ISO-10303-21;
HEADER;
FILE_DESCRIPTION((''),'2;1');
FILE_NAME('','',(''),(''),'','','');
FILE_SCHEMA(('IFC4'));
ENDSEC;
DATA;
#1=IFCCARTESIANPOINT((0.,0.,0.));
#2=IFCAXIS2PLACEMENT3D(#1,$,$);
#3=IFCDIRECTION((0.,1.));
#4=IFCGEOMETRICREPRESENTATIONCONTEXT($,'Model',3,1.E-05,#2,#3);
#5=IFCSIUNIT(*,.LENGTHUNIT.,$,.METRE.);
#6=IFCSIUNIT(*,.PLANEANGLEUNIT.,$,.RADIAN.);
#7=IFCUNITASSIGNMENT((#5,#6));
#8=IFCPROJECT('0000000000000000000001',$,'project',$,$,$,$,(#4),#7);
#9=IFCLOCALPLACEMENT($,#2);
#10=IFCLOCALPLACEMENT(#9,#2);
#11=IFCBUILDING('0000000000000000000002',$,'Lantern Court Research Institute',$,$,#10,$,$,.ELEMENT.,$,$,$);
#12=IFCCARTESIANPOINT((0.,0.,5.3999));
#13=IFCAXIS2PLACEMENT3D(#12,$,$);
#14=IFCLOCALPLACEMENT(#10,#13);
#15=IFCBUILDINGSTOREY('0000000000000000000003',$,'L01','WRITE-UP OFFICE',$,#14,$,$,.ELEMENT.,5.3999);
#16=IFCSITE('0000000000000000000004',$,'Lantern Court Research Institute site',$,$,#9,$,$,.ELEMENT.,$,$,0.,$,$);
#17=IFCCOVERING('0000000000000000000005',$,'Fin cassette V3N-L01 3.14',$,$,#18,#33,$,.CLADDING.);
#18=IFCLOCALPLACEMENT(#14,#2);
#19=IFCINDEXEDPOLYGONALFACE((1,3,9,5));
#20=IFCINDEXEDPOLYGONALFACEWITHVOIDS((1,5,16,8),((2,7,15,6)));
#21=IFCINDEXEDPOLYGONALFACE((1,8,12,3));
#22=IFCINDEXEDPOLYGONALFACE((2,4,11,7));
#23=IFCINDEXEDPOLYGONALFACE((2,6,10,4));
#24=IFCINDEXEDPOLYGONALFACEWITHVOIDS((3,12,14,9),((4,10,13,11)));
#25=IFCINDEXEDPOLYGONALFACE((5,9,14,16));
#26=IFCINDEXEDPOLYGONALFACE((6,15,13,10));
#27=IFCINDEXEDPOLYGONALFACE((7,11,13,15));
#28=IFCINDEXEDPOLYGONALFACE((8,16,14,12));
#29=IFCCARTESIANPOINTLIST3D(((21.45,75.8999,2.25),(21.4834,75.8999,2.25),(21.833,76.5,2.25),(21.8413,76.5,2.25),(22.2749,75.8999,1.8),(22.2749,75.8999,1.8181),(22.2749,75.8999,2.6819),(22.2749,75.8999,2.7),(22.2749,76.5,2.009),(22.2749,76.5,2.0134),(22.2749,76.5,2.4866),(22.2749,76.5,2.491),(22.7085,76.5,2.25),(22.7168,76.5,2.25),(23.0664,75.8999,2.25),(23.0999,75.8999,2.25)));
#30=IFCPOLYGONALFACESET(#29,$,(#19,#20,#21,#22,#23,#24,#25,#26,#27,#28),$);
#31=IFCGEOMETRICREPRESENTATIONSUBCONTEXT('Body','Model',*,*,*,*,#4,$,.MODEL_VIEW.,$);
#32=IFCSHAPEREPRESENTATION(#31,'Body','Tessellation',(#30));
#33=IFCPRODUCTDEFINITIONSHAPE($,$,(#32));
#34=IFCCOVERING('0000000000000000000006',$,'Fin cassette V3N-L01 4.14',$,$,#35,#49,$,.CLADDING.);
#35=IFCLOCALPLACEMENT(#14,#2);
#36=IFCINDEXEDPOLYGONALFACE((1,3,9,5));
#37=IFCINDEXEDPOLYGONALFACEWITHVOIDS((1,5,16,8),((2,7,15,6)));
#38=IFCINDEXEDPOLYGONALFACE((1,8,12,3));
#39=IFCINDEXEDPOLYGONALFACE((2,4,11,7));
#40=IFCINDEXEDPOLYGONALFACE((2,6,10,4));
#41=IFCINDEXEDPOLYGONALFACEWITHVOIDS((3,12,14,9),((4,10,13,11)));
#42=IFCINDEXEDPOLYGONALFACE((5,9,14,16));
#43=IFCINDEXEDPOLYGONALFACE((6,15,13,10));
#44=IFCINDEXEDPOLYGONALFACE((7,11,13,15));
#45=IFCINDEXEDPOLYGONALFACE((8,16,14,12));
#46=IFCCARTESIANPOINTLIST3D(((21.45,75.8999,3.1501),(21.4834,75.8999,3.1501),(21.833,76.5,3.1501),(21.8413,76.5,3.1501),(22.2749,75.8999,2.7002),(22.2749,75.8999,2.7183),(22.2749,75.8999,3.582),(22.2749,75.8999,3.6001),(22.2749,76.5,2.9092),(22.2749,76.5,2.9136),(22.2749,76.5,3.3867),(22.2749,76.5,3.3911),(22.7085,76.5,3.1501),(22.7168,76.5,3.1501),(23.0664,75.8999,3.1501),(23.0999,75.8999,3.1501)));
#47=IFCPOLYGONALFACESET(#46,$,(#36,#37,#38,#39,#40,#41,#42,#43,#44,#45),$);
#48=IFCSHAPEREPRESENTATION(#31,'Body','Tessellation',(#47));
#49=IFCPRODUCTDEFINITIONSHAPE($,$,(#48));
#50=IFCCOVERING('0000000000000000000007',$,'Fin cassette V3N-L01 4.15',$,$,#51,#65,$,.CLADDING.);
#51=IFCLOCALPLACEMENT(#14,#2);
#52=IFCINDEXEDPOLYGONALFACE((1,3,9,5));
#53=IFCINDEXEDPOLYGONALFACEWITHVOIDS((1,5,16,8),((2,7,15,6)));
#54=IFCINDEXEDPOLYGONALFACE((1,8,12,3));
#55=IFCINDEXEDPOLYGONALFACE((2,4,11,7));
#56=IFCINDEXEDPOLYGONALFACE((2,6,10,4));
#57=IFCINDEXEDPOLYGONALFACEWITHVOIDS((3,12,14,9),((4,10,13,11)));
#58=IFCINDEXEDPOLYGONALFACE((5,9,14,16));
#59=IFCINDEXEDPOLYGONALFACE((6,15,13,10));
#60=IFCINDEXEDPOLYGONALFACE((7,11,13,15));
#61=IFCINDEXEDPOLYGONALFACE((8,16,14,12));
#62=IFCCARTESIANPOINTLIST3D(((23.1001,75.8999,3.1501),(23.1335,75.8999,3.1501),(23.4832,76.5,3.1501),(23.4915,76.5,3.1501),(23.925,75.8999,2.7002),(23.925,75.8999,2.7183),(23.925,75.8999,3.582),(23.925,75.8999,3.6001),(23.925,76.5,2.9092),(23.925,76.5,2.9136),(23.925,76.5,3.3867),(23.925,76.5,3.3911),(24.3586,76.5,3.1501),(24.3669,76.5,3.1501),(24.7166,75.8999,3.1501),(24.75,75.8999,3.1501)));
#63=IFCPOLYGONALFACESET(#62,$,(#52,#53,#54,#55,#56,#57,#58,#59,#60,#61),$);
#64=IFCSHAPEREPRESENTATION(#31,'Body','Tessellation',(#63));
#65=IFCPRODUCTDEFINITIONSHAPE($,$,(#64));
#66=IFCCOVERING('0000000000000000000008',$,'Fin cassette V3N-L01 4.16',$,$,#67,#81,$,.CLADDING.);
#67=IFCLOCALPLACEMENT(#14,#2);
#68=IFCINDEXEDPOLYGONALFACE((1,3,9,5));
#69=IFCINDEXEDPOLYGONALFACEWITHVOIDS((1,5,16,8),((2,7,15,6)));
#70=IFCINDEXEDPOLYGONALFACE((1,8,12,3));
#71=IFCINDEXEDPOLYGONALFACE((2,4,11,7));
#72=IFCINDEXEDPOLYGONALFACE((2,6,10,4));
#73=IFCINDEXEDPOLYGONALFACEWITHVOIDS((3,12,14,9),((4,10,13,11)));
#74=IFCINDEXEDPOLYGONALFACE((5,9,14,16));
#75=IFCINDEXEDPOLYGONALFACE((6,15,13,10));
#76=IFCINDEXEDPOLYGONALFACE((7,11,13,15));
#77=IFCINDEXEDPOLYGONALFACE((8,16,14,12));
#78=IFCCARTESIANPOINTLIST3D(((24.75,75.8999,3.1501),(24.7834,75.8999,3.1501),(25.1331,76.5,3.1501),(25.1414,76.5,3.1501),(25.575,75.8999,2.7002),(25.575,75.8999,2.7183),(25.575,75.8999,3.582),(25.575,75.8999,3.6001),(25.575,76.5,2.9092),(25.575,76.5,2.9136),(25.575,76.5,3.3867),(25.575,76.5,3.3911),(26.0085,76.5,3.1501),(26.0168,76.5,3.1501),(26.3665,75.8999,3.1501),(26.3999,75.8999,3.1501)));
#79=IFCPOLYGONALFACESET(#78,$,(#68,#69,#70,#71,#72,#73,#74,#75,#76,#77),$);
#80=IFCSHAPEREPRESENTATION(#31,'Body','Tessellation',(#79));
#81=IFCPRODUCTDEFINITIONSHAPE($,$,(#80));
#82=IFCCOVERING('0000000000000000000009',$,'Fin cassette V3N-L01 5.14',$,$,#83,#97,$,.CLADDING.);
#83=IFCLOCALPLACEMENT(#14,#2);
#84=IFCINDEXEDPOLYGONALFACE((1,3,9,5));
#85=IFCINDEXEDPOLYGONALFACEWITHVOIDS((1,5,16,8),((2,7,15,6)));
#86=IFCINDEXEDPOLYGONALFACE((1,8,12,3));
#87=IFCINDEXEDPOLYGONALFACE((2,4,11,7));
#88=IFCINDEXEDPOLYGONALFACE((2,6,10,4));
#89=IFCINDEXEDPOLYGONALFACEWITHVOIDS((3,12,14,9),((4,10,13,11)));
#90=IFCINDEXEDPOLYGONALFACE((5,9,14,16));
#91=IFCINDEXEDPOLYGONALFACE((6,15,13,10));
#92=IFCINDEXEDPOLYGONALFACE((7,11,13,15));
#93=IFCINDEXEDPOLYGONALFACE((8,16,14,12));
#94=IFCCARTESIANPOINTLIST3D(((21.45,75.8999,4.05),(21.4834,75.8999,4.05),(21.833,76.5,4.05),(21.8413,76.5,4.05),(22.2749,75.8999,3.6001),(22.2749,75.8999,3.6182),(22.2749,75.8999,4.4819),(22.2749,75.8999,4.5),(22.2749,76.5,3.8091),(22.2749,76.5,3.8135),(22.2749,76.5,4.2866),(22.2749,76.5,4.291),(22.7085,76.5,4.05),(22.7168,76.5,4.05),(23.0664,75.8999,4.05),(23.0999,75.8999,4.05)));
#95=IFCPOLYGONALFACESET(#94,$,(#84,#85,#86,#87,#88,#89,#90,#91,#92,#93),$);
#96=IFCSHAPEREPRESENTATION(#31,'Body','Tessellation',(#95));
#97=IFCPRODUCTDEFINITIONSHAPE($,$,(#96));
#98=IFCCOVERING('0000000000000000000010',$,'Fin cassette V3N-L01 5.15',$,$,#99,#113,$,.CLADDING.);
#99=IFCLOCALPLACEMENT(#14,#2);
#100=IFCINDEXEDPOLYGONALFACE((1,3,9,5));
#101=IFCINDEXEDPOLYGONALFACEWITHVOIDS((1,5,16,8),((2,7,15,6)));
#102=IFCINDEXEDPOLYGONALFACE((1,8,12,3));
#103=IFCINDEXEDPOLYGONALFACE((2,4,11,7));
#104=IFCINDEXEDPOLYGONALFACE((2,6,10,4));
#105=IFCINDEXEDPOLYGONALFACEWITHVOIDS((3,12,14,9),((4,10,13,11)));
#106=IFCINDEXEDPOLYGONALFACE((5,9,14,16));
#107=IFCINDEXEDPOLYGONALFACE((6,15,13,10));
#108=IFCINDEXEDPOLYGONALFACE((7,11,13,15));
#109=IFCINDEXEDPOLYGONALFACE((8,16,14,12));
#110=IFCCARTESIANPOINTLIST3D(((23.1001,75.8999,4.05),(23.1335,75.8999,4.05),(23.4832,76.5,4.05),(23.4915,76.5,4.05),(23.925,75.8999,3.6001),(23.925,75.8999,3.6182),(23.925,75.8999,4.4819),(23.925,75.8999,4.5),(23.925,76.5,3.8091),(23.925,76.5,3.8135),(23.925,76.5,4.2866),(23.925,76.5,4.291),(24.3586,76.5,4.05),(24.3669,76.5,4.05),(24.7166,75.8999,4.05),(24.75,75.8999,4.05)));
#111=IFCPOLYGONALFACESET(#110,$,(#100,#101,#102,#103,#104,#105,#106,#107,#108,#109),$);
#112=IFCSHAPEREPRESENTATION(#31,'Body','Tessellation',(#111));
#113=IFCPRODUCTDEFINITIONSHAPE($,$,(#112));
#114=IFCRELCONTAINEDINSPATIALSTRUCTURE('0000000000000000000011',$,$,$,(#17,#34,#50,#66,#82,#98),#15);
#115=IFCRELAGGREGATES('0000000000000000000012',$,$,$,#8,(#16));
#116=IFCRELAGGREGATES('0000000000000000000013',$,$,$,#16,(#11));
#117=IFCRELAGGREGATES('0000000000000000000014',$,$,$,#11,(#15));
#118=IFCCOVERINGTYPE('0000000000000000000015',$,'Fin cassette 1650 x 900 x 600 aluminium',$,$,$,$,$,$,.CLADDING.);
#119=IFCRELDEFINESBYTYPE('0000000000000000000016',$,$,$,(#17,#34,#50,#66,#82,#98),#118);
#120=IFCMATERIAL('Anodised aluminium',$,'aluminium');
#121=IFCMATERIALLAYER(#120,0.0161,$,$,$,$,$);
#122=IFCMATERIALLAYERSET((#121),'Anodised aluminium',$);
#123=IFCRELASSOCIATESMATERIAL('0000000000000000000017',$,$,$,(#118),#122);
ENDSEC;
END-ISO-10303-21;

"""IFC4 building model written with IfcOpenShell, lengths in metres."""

from ifc_helpers import new_model, entity, si_unit, direction, frame, origin, place, context, subcontext, project, spatial, material, layer, layer_set, type_object, element, save


model = new_model("IFC4")

# Units and contexts
model_context = context("Model", 3, precision=1e-05, world=origin(), true_north=direction((0.0, 1.0)))
body_context = subcontext(model_context, "Body", "Model", "MODEL_VIEW")
ifc_project = project(units=[si_unit("LENGTHUNIT", "METRE"), si_unit("PLANEANGLEUNIT", "RADIAN")], contexts=[model_context])

# Site, building, storey
site_placement = place(None, origin())
site = spatial("IfcSite", under=ifc_project, at=site_placement, Name="Lantern Court Research Institute site", CompositionType="ELEMENT", RefElevation=0.0)
building_placement = place(site_placement, origin())
building = spatial("IfcBuilding", under=site, at=building_placement, Name="Lantern Court Research Institute", CompositionType="ELEMENT")
storey_placement = place(building_placement, frame((0.0, 0.0, 5.3999)))
storey = spatial("IfcBuildingStorey", under=building, at=storey_placement, Name="L01", Description="WRITE-UP OFFICE", CompositionType="ELEMENT", Elevation=5.3999)

# Coverings
ifc_material_1 = material(Name="Anodised aluminium", Category="aluminium")
ifc_layer_1 = layer(ifc_material_1, 0.0161)
ifc_layer_set_1 = layer_set([ifc_layer_1], Name="Anodised aluminium")
covering_type = type_object("IfcCoveringType", Name="Fin cassette 1650 x 900 x 600 aluminium", PredefinedType="CLADDING", material=ifc_layer_set_1)
covering_1_placement = place(storey_placement, frame((22.2749, 75.8999, 2.25), z_axis=(0.0, 1.0, 0.0), x_axis=(-1.0, 0.0, 0.0)))
cartesian_point_1 = entity("IfcCartesianPoint", [0.825, 0.0])
cartesian_point_2 = entity("IfcCartesianPoint", [0.7915, 0.0])
cartesian_point_3 = entity("IfcCartesianPoint", [0.4419, 0.0])
cartesian_point_4 = entity("IfcCartesianPoint", [0.4336, 0.0])
element("IfcCovering", 1, at=covering_1_placement, inside=storey, type_object=covering_type, Name="Fin cassette V3N-L01 3.14", PredefinedType="CLADDING", context=body_context, shape_type="SweptSolid", body=[
    entity("IfcExtrudedAreaSolidTapered", entity("IfcArbitraryProfileDefWithVoids", "AREA", None, entity("IfcPolyline", [cartesian_point_1, entity("IfcCartesianPoint", [0.0, 0.45]), entity("IfcCartesianPoint", [-0.825, 0.0]), entity("IfcCartesianPoint", [0.0, -0.45]), cartesian_point_1]), [entity("IfcPolyline", [cartesian_point_2, entity("IfcCartesianPoint", [0.0, 0.4319]), entity("IfcCartesianPoint", [-0.7915, 0.0]), entity("IfcCartesianPoint", [0.0, -0.4319]), cartesian_point_2])]), entity("IfcAxis2Placement3D", entity("IfcCartesianPoint", [0.0, 0.0, 0.0])), entity("IfcDirection", [0.0, 0.0, 1.0]), 0.6001, entity("IfcArbitraryProfileDefWithVoids", "AREA", None, entity("IfcPolyline", [cartesian_point_3, entity("IfcCartesianPoint", [0.0, 0.241]), entity("IfcCartesianPoint", [-0.4419, 0.0]), entity("IfcCartesianPoint", [0.0, -0.241]), cartesian_point_3]), [entity("IfcPolyline", [cartesian_point_4, entity("IfcCartesianPoint", [0.0, 0.2366]), entity("IfcCartesianPoint", [-0.4336, 0.0]), entity("IfcCartesianPoint", [0.0, -0.2366]), cartesian_point_4])])),
])
covering_2_placement = place(storey_placement, frame((22.2749, 75.8999, 3.1501), z_axis=(0.0, 1.0, 0.0), x_axis=(-1.0, 0.0, 0.0)))
cartesian_point_5 = entity("IfcCartesianPoint", [0.825, 0.0])
cartesian_point_6 = entity("IfcCartesianPoint", [0.7915, 0.0])
cartesian_point_7 = entity("IfcCartesianPoint", [0.4419, 0.0])
cartesian_point_8 = entity("IfcCartesianPoint", [0.4336, 0.0])
element("IfcCovering", 2, at=covering_2_placement, inside=storey, type_object=covering_type, Name="Fin cassette V3N-L01 4.14", PredefinedType="CLADDING", context=body_context, shape_type="SweptSolid", body=[
    entity("IfcExtrudedAreaSolidTapered", entity("IfcArbitraryProfileDefWithVoids", "AREA", None, entity("IfcPolyline", [cartesian_point_5, entity("IfcCartesianPoint", [0.0, 0.45]), entity("IfcCartesianPoint", [-0.825, 0.0]), entity("IfcCartesianPoint", [0.0, -0.45]), cartesian_point_5]), [entity("IfcPolyline", [cartesian_point_6, entity("IfcCartesianPoint", [0.0, 0.4319]), entity("IfcCartesianPoint", [-0.7915, 0.0]), entity("IfcCartesianPoint", [0.0, -0.4319]), cartesian_point_6])]), entity("IfcAxis2Placement3D", entity("IfcCartesianPoint", [0.0, 0.0, 0.0])), entity("IfcDirection", [0.0, 0.0, 1.0]), 0.6001, entity("IfcArbitraryProfileDefWithVoids", "AREA", None, entity("IfcPolyline", [cartesian_point_7, entity("IfcCartesianPoint", [0.0, 0.241]), entity("IfcCartesianPoint", [-0.4419, 0.0]), entity("IfcCartesianPoint", [0.0, -0.241]), cartesian_point_7]), [entity("IfcPolyline", [cartesian_point_8, entity("IfcCartesianPoint", [0.0, 0.2366]), entity("IfcCartesianPoint", [-0.4336, 0.0]), entity("IfcCartesianPoint", [0.0, -0.2366]), cartesian_point_8])])),
])
covering_3_placement = place(storey_placement, frame((23.925, 75.8999, 3.1501), z_axis=(0.0, 1.0, 0.0), x_axis=(-1.0, 0.0, 0.0)))
cartesian_point_9 = entity("IfcCartesianPoint", [0.825, 0.0])
cartesian_point_10 = entity("IfcCartesianPoint", [0.7915, 0.0])
cartesian_point_11 = entity("IfcCartesianPoint", [0.4419, 0.0])
cartesian_point_12 = entity("IfcCartesianPoint", [0.4336, 0.0])
element("IfcCovering", 3, at=covering_3_placement, inside=storey, type_object=covering_type, Name="Fin cassette V3N-L01 4.15", PredefinedType="CLADDING", context=body_context, shape_type="SweptSolid", body=[
    entity("IfcExtrudedAreaSolidTapered", entity("IfcArbitraryProfileDefWithVoids", "AREA", None, entity("IfcPolyline", [cartesian_point_9, entity("IfcCartesianPoint", [0.0, 0.45]), entity("IfcCartesianPoint", [-0.825, 0.0]), entity("IfcCartesianPoint", [0.0, -0.45]), cartesian_point_9]), [entity("IfcPolyline", [cartesian_point_10, entity("IfcCartesianPoint", [0.0, 0.4319]), entity("IfcCartesianPoint", [-0.7915, 0.0]), entity("IfcCartesianPoint", [0.0, -0.4319]), cartesian_point_10])]), entity("IfcAxis2Placement3D", entity("IfcCartesianPoint", [0.0, 0.0, 0.0])), entity("IfcDirection", [0.0, 0.0, 1.0]), 0.6001, entity("IfcArbitraryProfileDefWithVoids", "AREA", None, entity("IfcPolyline", [cartesian_point_11, entity("IfcCartesianPoint", [0.0, 0.241]), entity("IfcCartesianPoint", [-0.4419, 0.0]), entity("IfcCartesianPoint", [0.0, -0.241]), cartesian_point_11]), [entity("IfcPolyline", [cartesian_point_12, entity("IfcCartesianPoint", [0.0, 0.2366]), entity("IfcCartesianPoint", [-0.4336, 0.0]), entity("IfcCartesianPoint", [0.0, -0.2366]), cartesian_point_12])])),
])
covering_4_placement = place(storey_placement, frame((25.575, 75.8999, 3.1501), z_axis=(0.0, 1.0, 0.0), x_axis=(-1.0, 0.0, 0.0)))
cartesian_point_13 = entity("IfcCartesianPoint", [0.825, 0.0])
cartesian_point_14 = entity("IfcCartesianPoint", [0.7915, 0.0])
cartesian_point_15 = entity("IfcCartesianPoint", [0.4419, 0.0])
cartesian_point_16 = entity("IfcCartesianPoint", [0.4336, 0.0])
element("IfcCovering", 4, at=covering_4_placement, inside=storey, type_object=covering_type, Name="Fin cassette V3N-L01 4.16", PredefinedType="CLADDING", context=body_context, shape_type="SweptSolid", body=[
    entity("IfcExtrudedAreaSolidTapered", entity("IfcArbitraryProfileDefWithVoids", "AREA", None, entity("IfcPolyline", [cartesian_point_13, entity("IfcCartesianPoint", [0.0, 0.45]), entity("IfcCartesianPoint", [-0.825, 0.0]), entity("IfcCartesianPoint", [0.0, -0.45]), cartesian_point_13]), [entity("IfcPolyline", [cartesian_point_14, entity("IfcCartesianPoint", [0.0, 0.4319]), entity("IfcCartesianPoint", [-0.7915, 0.0]), entity("IfcCartesianPoint", [0.0, -0.4319]), cartesian_point_14])]), entity("IfcAxis2Placement3D", entity("IfcCartesianPoint", [0.0, 0.0, 0.0])), entity("IfcDirection", [0.0, 0.0, 1.0]), 0.6001, entity("IfcArbitraryProfileDefWithVoids", "AREA", None, entity("IfcPolyline", [cartesian_point_15, entity("IfcCartesianPoint", [0.0, 0.241]), entity("IfcCartesianPoint", [-0.4419, 0.0]), entity("IfcCartesianPoint", [0.0, -0.241]), cartesian_point_15]), [entity("IfcPolyline", [cartesian_point_16, entity("IfcCartesianPoint", [0.0, 0.2366]), entity("IfcCartesianPoint", [-0.4336, 0.0]), entity("IfcCartesianPoint", [0.0, -0.2366]), cartesian_point_16])])),
])
covering_5_placement = place(storey_placement, frame((22.2749, 75.8999, 4.05), z_axis=(0.0, 1.0, 0.0), x_axis=(-1.0, 0.0, 0.0)))
cartesian_point_17 = entity("IfcCartesianPoint", [0.825, 0.0])
cartesian_point_18 = entity("IfcCartesianPoint", [0.7915, 0.0])
cartesian_point_19 = entity("IfcCartesianPoint", [0.4419, 0.0])
cartesian_point_20 = entity("IfcCartesianPoint", [0.4336, 0.0])
element("IfcCovering", 5, at=covering_5_placement, inside=storey, type_object=covering_type, Name="Fin cassette V3N-L01 5.14", PredefinedType="CLADDING", context=body_context, shape_type="SweptSolid", body=[
    entity("IfcExtrudedAreaSolidTapered", entity("IfcArbitraryProfileDefWithVoids", "AREA", None, entity("IfcPolyline", [cartesian_point_17, entity("IfcCartesianPoint", [0.0, 0.45]), entity("IfcCartesianPoint", [-0.825, 0.0]), entity("IfcCartesianPoint", [0.0, -0.45]), cartesian_point_17]), [entity("IfcPolyline", [cartesian_point_18, entity("IfcCartesianPoint", [0.0, 0.4319]), entity("IfcCartesianPoint", [-0.7915, 0.0]), entity("IfcCartesianPoint", [0.0, -0.4319]), cartesian_point_18])]), entity("IfcAxis2Placement3D", entity("IfcCartesianPoint", [0.0, 0.0, 0.0])), entity("IfcDirection", [0.0, 0.0, 1.0]), 0.6001, entity("IfcArbitraryProfileDefWithVoids", "AREA", None, entity("IfcPolyline", [cartesian_point_19, entity("IfcCartesianPoint", [0.0, 0.241]), entity("IfcCartesianPoint", [-0.4419, 0.0]), entity("IfcCartesianPoint", [0.0, -0.241]), cartesian_point_19]), [entity("IfcPolyline", [cartesian_point_20, entity("IfcCartesianPoint", [0.0, 0.2366]), entity("IfcCartesianPoint", [-0.4336, 0.0]), entity("IfcCartesianPoint", [0.0, -0.2366]), cartesian_point_20])])),
])
covering_6_placement = place(storey_placement, frame((23.925, 75.8999, 4.05), z_axis=(0.0, 1.0, 0.0), x_axis=(-1.0, 0.0, 0.0)))
cartesian_point_21 = entity("IfcCartesianPoint", [0.825, 0.0])
cartesian_point_22 = entity("IfcCartesianPoint", [0.7915, 0.0])
cartesian_point_23 = entity("IfcCartesianPoint", [0.4419, 0.0])
cartesian_point_24 = entity("IfcCartesianPoint", [0.4336, 0.0])
element("IfcCovering", 6, at=covering_6_placement, inside=storey, type_object=covering_type, Name="Fin cassette V3N-L01 5.15", PredefinedType="CLADDING", context=body_context, shape_type="SweptSolid", body=[
    entity("IfcExtrudedAreaSolidTapered", entity("IfcArbitraryProfileDefWithVoids", "AREA", None, entity("IfcPolyline", [cartesian_point_21, entity("IfcCartesianPoint", [0.0, 0.45]), entity("IfcCartesianPoint", [-0.825, 0.0]), entity("IfcCartesianPoint", [0.0, -0.45]), cartesian_point_21]), [entity("IfcPolyline", [cartesian_point_22, entity("IfcCartesianPoint", [0.0, 0.4319]), entity("IfcCartesianPoint", [-0.7915, 0.0]), entity("IfcCartesianPoint", [0.0, -0.4319]), cartesian_point_22])]), entity("IfcAxis2Placement3D", entity("IfcCartesianPoint", [0.0, 0.0, 0.0])), entity("IfcDirection", [0.0, 0.0, 1.0]), 0.6001, entity("IfcArbitraryProfileDefWithVoids", "AREA", None, entity("IfcPolyline", [cartesian_point_23, entity("IfcCartesianPoint", [0.0, 0.241]), entity("IfcCartesianPoint", [-0.4419, 0.0]), entity("IfcCartesianPoint", [0.0, -0.241]), cartesian_point_23]), [entity("IfcPolyline", [cartesian_point_24, entity("IfcCartesianPoint", [0.0, 0.2366]), entity("IfcCartesianPoint", [-0.4336, 0.0]), entity("IfcCartesianPoint", [0.0, -0.2366]), cartesian_point_24])])),
])

save(model, "model.ifc")
